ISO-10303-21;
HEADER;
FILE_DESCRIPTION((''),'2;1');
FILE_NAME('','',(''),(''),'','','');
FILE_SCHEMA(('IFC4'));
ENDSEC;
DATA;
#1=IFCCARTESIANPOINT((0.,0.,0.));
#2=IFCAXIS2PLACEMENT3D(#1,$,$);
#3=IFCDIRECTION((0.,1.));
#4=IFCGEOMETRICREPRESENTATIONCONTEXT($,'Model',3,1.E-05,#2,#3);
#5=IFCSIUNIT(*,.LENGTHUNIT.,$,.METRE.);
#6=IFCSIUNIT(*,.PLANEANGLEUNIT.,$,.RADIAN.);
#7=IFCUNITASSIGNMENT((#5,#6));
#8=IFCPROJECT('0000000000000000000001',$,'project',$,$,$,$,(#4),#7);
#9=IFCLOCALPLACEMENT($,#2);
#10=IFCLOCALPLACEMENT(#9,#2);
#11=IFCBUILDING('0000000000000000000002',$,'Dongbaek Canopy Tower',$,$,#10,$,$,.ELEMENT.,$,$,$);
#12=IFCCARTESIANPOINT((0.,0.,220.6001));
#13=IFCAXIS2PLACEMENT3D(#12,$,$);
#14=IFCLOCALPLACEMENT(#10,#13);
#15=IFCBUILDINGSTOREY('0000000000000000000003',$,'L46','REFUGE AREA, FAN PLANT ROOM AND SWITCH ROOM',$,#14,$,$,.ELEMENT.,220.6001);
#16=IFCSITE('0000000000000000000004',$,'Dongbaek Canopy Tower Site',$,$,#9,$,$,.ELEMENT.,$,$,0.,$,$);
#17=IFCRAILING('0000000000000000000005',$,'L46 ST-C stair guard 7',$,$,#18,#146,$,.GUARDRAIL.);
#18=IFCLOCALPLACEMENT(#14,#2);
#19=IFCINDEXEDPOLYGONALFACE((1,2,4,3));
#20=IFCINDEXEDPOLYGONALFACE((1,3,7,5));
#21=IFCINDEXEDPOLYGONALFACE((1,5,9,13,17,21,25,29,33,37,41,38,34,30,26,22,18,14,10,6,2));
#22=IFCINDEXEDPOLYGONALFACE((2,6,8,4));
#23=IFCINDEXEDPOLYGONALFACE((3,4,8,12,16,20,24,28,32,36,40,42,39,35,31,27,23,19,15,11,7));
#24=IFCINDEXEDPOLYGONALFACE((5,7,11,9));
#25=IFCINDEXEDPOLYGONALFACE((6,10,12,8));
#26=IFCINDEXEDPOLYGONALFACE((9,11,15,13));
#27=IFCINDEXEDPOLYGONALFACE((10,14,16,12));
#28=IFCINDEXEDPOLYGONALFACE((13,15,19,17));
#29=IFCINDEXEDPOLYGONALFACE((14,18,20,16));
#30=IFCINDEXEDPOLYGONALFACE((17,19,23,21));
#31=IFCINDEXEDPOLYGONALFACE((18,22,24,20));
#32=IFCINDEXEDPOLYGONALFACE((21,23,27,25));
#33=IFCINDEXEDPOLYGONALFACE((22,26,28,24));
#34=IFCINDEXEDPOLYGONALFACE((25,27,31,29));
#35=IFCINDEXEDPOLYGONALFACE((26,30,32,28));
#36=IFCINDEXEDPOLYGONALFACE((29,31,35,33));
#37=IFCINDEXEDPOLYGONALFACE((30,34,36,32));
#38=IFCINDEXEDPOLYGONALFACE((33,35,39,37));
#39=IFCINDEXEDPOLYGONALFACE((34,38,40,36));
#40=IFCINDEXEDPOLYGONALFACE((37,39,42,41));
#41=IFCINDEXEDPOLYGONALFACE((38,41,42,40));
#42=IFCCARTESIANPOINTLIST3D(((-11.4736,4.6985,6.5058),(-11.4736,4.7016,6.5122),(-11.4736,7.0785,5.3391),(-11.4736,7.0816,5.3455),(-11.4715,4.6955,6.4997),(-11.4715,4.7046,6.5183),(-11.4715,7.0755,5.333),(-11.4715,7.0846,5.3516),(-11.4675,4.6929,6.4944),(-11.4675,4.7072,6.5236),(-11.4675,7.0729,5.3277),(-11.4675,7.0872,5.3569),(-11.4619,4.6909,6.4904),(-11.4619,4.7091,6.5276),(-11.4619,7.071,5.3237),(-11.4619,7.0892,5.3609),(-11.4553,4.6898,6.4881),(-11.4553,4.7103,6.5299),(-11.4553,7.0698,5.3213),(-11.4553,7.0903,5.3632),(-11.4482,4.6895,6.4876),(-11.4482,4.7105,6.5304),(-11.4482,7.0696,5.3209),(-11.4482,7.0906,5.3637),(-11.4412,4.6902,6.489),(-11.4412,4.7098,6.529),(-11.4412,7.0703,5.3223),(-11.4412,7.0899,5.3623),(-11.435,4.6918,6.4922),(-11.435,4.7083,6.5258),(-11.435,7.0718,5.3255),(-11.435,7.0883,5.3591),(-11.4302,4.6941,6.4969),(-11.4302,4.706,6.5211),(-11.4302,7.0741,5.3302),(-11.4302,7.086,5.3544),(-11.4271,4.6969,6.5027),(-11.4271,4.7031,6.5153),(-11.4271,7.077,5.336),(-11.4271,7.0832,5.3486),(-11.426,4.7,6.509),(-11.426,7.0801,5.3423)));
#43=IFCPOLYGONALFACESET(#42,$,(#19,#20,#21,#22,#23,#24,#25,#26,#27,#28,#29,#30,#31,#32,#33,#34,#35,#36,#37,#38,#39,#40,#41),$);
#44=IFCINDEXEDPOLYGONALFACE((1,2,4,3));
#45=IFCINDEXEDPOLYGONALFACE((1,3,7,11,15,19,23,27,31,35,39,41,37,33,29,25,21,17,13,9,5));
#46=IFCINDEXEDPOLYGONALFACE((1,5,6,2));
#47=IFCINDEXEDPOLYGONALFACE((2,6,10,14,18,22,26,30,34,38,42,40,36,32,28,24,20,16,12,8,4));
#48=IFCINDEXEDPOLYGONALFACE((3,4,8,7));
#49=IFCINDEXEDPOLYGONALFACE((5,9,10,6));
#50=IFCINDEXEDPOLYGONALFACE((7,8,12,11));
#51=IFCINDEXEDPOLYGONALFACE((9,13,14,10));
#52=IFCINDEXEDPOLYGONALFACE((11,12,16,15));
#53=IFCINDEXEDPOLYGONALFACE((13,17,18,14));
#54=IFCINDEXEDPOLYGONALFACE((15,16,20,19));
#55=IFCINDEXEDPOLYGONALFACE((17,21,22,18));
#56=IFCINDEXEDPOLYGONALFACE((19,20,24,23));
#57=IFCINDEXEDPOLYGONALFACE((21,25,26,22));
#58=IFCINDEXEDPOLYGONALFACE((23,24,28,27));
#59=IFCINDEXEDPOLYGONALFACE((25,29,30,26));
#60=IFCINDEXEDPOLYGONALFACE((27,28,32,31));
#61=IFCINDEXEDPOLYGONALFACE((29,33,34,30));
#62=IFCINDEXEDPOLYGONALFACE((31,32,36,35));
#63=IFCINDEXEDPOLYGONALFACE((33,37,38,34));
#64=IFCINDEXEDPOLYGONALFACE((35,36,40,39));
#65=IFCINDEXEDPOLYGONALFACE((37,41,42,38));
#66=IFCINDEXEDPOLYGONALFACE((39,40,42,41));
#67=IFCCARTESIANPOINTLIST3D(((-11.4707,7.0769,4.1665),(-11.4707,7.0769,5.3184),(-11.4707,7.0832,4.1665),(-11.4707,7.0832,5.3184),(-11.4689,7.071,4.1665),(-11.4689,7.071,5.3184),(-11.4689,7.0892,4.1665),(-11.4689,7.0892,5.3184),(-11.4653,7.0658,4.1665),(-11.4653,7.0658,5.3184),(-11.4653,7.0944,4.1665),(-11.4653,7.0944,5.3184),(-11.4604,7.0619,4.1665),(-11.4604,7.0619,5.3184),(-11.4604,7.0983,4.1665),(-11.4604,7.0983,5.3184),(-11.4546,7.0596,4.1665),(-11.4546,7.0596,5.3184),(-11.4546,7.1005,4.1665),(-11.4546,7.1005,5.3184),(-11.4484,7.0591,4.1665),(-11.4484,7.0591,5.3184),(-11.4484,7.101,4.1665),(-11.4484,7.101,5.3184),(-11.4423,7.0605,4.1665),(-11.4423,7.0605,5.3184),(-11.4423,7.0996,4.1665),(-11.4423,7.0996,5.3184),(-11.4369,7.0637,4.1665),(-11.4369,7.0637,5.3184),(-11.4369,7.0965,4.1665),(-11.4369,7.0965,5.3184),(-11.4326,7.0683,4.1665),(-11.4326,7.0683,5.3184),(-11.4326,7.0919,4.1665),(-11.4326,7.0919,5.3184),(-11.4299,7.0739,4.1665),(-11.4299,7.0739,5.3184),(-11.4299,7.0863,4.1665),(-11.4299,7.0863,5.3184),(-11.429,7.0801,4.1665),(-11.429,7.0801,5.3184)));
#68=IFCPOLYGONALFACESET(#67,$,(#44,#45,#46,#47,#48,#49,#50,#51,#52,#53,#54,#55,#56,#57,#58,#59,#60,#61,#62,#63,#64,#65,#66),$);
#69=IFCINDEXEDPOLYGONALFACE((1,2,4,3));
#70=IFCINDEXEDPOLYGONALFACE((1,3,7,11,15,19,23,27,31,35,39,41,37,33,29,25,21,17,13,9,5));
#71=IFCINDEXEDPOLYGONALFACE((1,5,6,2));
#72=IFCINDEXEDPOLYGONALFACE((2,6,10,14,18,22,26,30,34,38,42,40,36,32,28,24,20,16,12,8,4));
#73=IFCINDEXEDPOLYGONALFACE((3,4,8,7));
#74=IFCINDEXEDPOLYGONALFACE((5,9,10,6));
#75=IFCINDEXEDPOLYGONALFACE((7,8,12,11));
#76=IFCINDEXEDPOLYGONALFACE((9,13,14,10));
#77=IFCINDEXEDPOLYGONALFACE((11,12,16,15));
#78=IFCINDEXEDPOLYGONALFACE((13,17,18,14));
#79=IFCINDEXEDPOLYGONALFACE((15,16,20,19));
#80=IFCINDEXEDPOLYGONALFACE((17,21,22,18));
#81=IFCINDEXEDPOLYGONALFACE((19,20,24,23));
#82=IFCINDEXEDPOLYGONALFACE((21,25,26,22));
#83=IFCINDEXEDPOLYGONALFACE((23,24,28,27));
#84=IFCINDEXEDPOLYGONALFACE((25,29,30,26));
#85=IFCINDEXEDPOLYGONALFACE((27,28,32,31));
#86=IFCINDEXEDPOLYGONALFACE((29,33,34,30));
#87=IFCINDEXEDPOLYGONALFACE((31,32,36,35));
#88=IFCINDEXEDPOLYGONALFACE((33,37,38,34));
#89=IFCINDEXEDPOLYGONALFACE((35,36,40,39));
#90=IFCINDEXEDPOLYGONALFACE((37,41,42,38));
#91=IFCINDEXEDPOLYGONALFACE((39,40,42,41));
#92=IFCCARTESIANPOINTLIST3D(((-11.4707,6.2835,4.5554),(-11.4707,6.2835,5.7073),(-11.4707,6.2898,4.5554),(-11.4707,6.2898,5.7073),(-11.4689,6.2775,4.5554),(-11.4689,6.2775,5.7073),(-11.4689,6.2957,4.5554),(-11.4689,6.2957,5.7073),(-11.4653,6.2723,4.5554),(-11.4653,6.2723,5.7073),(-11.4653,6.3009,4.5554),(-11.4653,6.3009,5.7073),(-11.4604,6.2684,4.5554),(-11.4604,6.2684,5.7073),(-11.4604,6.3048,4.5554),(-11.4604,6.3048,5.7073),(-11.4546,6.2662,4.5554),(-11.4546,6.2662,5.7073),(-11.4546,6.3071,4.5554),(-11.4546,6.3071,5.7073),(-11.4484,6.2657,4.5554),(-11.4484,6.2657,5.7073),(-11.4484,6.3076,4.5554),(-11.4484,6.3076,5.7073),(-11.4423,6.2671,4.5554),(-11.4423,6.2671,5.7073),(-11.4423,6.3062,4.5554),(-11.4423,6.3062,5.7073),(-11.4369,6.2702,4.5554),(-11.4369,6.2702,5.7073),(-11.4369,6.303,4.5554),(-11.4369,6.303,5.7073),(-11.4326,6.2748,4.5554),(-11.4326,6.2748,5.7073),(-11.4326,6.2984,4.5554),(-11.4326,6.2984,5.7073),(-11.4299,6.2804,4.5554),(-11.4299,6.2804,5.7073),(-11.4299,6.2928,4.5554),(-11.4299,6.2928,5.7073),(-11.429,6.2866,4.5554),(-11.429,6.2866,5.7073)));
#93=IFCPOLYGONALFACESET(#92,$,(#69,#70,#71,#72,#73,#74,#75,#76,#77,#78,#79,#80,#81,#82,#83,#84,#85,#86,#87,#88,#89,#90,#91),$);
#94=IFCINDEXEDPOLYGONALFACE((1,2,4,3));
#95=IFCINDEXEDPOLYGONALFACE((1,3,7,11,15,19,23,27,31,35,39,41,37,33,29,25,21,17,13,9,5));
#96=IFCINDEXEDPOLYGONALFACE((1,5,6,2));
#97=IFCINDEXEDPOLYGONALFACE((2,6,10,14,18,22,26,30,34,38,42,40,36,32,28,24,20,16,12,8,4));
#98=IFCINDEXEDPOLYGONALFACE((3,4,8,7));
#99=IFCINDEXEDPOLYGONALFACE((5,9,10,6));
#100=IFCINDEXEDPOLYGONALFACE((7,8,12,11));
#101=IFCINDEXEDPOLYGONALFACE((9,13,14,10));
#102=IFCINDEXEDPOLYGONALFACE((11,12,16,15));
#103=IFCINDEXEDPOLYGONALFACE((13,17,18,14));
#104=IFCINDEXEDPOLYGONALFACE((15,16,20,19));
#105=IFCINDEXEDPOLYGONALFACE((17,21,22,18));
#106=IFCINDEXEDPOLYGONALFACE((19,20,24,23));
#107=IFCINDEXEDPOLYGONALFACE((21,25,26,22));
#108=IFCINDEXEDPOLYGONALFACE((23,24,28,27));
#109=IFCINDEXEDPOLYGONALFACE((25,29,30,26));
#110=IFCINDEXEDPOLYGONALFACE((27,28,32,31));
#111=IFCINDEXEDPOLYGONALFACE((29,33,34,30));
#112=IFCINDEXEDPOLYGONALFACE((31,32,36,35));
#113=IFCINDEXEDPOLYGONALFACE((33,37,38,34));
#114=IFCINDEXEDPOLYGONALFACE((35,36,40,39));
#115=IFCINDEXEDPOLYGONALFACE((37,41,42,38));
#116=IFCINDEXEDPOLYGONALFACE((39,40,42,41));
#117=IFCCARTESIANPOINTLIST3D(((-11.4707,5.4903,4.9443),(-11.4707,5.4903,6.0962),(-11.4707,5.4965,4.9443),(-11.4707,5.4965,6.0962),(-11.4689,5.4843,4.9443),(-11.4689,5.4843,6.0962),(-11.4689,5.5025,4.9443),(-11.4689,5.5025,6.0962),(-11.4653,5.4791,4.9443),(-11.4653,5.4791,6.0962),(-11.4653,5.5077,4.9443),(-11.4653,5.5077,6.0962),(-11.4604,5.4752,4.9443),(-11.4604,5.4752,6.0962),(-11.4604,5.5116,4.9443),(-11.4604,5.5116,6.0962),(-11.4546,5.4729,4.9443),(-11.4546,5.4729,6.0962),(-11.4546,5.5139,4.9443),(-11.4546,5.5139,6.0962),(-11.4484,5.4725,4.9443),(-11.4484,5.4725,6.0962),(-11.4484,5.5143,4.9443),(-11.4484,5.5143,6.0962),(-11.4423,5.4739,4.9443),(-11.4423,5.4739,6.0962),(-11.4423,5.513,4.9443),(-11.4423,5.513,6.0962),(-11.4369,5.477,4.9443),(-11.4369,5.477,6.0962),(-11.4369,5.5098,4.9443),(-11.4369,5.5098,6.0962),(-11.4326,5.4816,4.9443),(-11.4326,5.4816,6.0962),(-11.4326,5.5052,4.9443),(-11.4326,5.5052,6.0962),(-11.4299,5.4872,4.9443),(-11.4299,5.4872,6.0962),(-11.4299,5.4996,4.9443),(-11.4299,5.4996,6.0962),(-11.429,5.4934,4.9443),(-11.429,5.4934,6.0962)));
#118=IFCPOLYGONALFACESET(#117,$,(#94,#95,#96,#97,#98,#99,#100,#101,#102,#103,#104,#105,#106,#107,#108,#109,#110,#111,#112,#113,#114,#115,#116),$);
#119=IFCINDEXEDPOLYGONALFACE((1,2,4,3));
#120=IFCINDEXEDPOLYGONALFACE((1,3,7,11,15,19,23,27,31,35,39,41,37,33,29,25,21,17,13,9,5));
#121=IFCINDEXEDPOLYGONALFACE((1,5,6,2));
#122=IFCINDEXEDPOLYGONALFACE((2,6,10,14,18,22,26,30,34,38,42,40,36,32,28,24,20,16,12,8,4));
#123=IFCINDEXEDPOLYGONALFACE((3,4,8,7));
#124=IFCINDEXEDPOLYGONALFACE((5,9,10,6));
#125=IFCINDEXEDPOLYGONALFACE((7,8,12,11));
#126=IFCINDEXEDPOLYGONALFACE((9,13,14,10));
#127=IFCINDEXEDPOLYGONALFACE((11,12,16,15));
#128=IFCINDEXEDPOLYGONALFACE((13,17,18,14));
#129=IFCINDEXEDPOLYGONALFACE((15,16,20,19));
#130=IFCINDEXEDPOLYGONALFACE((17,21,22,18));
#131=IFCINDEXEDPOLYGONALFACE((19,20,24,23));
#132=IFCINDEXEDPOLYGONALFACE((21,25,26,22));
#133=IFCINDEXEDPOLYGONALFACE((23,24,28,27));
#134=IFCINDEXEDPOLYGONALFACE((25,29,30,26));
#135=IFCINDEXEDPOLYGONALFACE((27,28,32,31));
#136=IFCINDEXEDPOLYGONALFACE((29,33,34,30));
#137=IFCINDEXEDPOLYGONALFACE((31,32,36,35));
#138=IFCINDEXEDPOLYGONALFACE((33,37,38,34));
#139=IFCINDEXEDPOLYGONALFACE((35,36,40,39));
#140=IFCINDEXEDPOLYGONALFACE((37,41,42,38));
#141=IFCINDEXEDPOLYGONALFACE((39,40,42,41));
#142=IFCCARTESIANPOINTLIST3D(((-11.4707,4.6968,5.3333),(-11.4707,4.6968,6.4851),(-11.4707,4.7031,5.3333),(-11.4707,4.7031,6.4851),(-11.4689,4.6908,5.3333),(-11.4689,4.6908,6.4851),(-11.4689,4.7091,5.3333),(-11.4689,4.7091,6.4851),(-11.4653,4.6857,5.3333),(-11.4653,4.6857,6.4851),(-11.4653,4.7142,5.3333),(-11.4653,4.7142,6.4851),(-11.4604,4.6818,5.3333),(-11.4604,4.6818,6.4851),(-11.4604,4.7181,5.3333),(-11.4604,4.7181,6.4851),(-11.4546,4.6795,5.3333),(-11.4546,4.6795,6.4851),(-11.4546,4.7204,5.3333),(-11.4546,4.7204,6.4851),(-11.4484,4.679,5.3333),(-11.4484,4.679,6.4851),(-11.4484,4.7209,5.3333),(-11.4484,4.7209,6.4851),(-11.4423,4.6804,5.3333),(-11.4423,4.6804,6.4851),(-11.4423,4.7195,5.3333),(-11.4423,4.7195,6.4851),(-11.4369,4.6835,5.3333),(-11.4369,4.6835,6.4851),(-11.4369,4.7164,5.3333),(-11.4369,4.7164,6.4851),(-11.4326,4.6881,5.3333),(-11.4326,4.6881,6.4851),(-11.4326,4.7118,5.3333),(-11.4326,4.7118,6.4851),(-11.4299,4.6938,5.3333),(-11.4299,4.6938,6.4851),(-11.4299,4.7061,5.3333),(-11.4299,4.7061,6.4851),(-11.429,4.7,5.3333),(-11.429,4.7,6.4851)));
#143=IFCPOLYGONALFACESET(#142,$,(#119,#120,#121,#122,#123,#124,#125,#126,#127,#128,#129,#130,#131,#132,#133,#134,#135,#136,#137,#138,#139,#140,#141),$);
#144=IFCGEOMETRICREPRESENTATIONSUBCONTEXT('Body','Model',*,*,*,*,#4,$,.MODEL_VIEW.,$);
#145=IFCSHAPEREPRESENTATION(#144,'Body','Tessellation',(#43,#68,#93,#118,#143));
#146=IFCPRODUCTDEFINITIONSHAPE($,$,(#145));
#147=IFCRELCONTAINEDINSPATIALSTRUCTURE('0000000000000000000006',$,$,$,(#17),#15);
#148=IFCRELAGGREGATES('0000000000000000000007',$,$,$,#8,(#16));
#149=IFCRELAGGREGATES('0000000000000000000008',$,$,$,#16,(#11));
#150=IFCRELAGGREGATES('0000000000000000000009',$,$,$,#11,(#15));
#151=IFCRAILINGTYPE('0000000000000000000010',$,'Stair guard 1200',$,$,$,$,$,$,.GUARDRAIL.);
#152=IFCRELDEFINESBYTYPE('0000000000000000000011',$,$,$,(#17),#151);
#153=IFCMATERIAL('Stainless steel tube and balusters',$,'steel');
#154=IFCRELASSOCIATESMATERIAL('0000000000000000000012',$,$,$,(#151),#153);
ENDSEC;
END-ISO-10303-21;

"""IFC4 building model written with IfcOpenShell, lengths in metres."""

from ifc_helpers import new_model, si_unit, direction, frame, origin, origin_2d, place, context, subcontext, project, spatial, circle, extrude, material, type_object, element, save


model = new_model("IFC4")

# Units and contexts
model_context = context("Model", 3, precision=1e-05, world=origin(), true_north=direction((0.0, 1.0)))
body_context = subcontext(model_context, "Body", "Model", "MODEL_VIEW")
ifc_project = project(units=[si_unit("LENGTHUNIT", "METRE"), si_unit("PLANEANGLEUNIT", "RADIAN")], contexts=[model_context])

# Site, building, storey
site_placement = place(None, origin())
site = spatial("IfcSite", under=ifc_project, at=site_placement, Name="Dongbaek Canopy Tower Site", CompositionType="ELEMENT", RefElevation=0.0)
building_placement = place(site_placement, origin())
building = spatial("IfcBuilding", under=site, at=building_placement, Name="Dongbaek Canopy Tower", CompositionType="ELEMENT")
storey_placement = place(building_placement, frame((0.0, 0.0, 220.6001)))
storey = spatial("IfcBuildingStorey", under=building, at=storey_placement, Name="L46", Description="REFUGE AREA, FAN PLANT ROOM AND SWITCH ROOM", CompositionType="ELEMENT", Elevation=220.6001)

# Railing
ifc_material_1 = material(Name="Stainless steel tube and balusters", Category="steel")
railing_type_1 = type_object("IfcRailingType", Name="Stair guard 1200", PredefinedType="GUARDRAIL", material=ifc_material_1)
railing_1_placement = place(storey_placement, frame((-11.45, 7.0801, 4.1665)))
element("IfcRailing", 1, at=railing_1_placement, inside=storey, type_object=railing_type_1, Name="L46 ST-C stair guard 7", PredefinedType="GUARDRAIL", context=body_context, shape_type="SweptSolid", body=[
    extrude(circle(Radius=0.0239, at=origin_2d()), frame((0.0, 0.0, 1.1758), z_axis=(0.0, -0.897918, 0.440163), x_axis=(1.0, 0.0, 0.0)), (0.0, 0.0, 1.0), 2.6506),
    extrude(circle(Radius=0.021, at=origin_2d()), origin(), (0.0, 0.0, 1.0), 1.1519),
    extrude(circle(Radius=0.021, at=origin_2d()), frame((0.0, -0.7935, 0.3889)), (0.0, 0.0, 1.0), 1.1519),
    extrude(circle(Radius=0.021, at=origin_2d()), frame((0.0, -1.5867, 0.7778)), (0.0, 0.0, 1.0), 1.1519),
    extrude(circle(Radius=0.021, at=origin_2d()), frame((0.0, -2.3801, 1.1667)), (0.0, 0.0, 1.0), 1.1519),
])

save(model, "model.ifc")
